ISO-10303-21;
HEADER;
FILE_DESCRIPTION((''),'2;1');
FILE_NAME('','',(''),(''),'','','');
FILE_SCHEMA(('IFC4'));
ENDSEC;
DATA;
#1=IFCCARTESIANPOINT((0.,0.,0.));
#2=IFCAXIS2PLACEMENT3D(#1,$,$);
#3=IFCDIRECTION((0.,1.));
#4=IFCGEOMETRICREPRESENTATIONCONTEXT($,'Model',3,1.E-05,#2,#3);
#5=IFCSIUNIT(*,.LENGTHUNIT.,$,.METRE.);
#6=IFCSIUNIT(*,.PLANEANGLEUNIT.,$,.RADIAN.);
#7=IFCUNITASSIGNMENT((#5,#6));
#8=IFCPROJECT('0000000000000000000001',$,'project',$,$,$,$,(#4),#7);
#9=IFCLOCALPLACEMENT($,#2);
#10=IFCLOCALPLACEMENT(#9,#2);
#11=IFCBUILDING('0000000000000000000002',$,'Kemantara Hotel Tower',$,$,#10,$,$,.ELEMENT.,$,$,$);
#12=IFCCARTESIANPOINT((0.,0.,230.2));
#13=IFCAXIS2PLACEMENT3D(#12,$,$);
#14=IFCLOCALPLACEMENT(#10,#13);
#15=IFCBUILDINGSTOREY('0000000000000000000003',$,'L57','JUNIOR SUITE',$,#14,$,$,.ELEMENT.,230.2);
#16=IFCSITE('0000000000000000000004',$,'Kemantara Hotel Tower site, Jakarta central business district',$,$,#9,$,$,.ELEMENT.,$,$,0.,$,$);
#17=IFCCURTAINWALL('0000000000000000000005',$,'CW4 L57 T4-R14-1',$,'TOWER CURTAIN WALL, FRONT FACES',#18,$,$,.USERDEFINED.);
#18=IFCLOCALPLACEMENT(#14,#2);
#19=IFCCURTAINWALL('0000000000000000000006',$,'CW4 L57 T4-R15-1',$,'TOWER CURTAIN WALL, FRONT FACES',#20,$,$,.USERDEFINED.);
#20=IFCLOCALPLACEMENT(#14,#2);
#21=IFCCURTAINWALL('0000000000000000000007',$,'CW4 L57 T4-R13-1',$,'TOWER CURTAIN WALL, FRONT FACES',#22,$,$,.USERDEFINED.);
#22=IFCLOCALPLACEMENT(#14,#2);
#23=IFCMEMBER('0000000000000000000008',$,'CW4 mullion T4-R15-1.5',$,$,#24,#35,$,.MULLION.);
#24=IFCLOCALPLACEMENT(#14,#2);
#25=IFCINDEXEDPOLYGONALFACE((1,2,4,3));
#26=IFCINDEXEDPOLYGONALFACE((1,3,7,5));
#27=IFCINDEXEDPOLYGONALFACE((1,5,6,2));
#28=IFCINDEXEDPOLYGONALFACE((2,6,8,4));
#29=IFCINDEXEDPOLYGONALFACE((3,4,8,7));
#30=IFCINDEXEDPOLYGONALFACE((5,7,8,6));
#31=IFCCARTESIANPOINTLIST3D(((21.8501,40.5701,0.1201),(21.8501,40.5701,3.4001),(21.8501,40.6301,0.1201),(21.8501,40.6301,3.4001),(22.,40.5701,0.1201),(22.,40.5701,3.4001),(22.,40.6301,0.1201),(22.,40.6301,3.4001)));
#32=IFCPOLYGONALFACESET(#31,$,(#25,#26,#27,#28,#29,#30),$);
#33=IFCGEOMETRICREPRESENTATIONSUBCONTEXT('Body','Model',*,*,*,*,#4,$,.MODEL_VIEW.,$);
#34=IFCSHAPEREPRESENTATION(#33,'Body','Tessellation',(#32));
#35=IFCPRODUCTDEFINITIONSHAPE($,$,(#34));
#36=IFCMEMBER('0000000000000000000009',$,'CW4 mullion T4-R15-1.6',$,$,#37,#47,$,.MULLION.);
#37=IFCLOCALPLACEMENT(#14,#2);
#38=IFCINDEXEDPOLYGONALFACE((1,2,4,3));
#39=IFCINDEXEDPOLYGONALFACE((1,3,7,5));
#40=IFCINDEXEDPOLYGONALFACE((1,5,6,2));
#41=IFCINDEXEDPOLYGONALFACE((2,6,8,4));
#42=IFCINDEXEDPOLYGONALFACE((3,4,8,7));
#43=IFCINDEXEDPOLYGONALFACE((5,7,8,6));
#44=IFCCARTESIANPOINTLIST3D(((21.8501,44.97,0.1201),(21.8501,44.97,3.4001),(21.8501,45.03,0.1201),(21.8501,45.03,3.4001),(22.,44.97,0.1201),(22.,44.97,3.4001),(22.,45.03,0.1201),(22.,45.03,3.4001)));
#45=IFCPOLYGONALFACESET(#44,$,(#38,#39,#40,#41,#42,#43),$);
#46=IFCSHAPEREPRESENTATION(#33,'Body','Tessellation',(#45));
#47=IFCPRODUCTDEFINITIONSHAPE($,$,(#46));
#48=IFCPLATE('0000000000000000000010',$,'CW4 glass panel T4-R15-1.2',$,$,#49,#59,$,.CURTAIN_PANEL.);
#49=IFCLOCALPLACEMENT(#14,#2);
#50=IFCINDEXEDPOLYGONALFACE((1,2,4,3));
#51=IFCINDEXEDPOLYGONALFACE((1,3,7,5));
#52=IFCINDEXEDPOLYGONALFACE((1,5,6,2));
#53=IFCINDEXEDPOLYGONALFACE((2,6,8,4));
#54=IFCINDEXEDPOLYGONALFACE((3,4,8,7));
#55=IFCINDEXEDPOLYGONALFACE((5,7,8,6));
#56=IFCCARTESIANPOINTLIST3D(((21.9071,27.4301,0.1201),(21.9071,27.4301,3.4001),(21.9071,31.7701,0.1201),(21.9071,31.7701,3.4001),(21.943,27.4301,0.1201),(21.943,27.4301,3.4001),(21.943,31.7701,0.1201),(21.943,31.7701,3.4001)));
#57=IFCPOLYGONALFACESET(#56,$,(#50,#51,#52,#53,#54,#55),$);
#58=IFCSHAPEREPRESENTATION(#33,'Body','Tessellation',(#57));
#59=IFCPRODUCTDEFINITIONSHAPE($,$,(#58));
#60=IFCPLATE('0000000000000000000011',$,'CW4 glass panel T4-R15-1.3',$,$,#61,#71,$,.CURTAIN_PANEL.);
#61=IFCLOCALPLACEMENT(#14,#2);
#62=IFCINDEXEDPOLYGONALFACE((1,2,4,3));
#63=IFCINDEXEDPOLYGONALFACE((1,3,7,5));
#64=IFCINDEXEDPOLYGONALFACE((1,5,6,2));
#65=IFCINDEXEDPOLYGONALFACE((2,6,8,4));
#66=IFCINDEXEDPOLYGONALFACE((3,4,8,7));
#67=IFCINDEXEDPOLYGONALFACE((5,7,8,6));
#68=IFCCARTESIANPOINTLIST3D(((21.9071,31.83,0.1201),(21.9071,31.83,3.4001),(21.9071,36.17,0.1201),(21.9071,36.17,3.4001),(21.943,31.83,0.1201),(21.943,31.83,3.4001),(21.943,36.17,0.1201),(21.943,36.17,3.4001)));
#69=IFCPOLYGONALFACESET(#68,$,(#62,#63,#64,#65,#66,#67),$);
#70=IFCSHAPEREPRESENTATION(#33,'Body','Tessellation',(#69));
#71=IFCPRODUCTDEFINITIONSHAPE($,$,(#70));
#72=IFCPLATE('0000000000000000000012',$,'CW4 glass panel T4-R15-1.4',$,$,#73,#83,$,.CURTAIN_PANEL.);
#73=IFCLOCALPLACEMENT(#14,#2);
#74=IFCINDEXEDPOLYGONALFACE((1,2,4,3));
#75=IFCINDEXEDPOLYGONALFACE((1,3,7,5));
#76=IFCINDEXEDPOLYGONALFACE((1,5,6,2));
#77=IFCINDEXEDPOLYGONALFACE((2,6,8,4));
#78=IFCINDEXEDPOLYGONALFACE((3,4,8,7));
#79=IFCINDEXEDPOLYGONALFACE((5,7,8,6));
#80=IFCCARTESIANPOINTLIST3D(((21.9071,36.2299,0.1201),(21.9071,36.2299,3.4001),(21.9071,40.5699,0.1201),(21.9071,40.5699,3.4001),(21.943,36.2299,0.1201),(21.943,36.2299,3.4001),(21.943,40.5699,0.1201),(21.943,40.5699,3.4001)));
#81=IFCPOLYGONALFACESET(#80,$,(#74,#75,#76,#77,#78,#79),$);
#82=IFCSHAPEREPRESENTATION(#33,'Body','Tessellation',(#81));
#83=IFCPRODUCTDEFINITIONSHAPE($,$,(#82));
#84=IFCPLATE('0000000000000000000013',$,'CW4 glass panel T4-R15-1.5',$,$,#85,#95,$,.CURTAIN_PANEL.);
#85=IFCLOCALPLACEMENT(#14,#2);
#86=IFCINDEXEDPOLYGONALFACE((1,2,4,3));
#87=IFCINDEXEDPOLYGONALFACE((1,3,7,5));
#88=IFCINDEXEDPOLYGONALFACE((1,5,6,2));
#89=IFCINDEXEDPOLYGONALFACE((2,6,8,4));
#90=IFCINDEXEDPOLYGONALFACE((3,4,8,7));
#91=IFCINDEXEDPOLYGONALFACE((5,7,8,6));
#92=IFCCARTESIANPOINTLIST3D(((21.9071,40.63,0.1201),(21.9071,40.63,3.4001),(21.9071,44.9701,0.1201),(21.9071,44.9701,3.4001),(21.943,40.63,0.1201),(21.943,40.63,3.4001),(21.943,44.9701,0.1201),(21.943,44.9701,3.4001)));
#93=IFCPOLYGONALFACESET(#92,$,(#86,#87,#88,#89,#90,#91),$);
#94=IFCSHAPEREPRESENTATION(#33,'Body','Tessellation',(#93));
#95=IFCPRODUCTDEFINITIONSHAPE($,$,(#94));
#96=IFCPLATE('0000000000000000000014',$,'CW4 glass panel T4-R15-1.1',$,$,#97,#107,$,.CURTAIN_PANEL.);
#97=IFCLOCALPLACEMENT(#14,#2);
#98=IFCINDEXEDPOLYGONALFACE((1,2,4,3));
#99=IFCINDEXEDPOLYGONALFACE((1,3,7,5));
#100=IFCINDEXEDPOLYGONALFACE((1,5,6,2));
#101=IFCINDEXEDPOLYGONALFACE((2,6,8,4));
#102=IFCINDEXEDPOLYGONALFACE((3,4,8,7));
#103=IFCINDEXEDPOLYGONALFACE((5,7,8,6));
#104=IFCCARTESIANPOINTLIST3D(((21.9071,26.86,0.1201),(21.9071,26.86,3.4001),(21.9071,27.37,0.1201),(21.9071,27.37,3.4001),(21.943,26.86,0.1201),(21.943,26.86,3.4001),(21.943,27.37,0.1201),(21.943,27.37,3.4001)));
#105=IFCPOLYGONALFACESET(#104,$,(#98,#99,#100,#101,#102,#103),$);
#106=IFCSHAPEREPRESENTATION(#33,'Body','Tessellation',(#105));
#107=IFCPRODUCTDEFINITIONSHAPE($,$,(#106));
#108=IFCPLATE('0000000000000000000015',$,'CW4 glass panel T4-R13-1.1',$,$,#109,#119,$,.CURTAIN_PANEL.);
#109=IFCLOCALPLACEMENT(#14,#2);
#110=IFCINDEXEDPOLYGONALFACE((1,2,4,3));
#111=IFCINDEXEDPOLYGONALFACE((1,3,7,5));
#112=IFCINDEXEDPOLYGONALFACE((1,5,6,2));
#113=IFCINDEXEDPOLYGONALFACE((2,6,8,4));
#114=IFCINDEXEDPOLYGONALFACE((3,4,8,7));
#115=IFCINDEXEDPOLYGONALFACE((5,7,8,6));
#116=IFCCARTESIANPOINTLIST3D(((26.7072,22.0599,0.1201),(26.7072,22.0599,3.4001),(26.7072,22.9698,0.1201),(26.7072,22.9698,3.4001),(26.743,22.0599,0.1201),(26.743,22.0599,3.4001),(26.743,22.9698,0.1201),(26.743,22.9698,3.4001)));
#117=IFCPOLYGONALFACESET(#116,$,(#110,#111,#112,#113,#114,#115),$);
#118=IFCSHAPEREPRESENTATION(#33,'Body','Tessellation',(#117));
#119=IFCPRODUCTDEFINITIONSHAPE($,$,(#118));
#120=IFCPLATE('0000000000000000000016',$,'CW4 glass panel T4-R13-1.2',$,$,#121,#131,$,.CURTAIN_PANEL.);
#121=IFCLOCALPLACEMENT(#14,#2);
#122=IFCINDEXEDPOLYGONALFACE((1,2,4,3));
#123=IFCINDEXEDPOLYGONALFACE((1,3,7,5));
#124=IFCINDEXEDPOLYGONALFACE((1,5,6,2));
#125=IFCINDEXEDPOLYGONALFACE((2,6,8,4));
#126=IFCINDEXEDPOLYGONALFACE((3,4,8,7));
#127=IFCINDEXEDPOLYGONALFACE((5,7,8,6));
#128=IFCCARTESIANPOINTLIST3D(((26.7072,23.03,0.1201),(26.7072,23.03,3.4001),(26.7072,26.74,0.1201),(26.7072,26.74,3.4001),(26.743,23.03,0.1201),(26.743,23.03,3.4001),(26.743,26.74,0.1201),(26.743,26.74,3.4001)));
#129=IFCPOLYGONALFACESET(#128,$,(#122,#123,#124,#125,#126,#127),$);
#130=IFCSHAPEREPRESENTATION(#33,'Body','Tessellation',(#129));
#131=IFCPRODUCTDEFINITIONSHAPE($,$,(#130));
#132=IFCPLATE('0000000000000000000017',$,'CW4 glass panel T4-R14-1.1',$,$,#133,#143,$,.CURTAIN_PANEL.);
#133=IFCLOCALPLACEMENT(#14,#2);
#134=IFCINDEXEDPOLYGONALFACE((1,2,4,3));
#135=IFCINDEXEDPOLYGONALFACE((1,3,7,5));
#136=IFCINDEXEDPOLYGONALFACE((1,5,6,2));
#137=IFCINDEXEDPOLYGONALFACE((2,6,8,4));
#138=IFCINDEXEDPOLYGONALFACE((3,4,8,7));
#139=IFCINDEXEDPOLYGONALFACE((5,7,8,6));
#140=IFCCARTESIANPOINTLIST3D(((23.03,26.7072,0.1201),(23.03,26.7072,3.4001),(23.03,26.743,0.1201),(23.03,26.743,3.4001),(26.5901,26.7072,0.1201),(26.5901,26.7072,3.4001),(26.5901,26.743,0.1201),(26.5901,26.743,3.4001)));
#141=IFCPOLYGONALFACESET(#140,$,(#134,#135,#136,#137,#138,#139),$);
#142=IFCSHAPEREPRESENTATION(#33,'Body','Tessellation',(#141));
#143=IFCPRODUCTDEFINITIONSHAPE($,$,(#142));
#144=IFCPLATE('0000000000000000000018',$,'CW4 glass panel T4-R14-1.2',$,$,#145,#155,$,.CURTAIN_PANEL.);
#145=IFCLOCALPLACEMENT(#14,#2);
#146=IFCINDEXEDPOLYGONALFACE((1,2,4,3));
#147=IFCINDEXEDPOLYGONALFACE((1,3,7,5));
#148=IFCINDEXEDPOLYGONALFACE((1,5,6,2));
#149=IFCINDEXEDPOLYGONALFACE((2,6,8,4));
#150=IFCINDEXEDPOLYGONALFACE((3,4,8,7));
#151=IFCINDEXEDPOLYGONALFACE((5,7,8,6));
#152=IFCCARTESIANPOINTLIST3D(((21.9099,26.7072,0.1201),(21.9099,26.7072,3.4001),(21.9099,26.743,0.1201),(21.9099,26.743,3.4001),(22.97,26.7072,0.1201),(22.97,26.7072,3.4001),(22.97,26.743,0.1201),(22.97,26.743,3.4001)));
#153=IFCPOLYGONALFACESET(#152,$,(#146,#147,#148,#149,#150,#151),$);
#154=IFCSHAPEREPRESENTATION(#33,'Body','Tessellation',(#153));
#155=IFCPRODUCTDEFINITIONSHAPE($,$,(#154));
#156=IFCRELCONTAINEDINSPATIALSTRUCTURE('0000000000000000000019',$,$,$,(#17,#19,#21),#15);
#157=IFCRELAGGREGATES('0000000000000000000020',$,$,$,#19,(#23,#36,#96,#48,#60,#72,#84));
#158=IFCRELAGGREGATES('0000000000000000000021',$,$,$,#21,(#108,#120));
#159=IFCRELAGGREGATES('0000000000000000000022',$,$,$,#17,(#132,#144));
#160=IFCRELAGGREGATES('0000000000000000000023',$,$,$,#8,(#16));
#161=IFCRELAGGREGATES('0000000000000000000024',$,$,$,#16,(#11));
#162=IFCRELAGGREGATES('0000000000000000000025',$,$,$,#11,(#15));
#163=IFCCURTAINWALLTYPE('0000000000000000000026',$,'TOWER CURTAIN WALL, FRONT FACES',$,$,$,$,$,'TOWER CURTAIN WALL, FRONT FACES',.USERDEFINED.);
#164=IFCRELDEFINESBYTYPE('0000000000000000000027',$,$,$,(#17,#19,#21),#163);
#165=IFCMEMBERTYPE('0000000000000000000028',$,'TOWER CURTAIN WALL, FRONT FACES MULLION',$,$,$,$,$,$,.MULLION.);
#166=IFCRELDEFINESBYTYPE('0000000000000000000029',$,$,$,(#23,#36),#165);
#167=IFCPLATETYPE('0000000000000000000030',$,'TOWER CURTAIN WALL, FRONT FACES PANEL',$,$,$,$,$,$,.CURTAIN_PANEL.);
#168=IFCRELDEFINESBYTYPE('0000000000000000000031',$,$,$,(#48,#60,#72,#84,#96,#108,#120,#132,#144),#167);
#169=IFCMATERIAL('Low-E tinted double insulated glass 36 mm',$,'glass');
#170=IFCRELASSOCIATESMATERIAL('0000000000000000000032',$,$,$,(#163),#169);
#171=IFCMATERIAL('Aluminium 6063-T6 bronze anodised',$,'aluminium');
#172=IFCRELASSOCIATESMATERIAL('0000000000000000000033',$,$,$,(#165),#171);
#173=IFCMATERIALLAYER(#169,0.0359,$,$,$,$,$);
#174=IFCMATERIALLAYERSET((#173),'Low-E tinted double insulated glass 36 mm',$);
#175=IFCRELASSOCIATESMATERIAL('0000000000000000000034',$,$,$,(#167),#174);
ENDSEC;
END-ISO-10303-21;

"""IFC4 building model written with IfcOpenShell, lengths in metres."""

from ifc_helpers import new_model, si_unit, direction, frame, origin, origin_2d, place, context, subcontext, project, spatial, rectangle, extrude, source, transform, mapped, material, layer, layer_set, material_profile, profile_set, type_object, element, aggregate, save


model = new_model("IFC4")

# Units and contexts
model_context = context("Model", 3, precision=1e-05, world=origin(), true_north=direction((0.0, 1.0)))
body_context = subcontext(model_context, "Body", "Model", "MODEL_VIEW")
ifc_project = project(units=[si_unit("LENGTHUNIT", "METRE"), si_unit("PLANEANGLEUNIT", "RADIAN")], contexts=[model_context])

# Site, building, storey
site_placement = place(None, origin())
site = spatial("IfcSite", under=ifc_project, at=site_placement, Name="Kemantara Hotel Tower site, Jakarta central business district", CompositionType="ELEMENT", RefElevation=0.0)
building_placement = place(site_placement, origin())
building = spatial("IfcBuilding", under=site, at=building_placement, Name="Kemantara Hotel Tower", CompositionType="ELEMENT")
storey_placement = place(building_placement, frame((0.0, 0.0, 230.2)))
storey = spatial("IfcBuildingStorey", under=building, at=storey_placement, Name="L57", Description="JUNIOR SUITE", CompositionType="ELEMENT", Elevation=230.2)

# Curtain walls
ifc_material_1 = material(Name="Low-E tinted double insulated glass 36 mm", Category="glass")
curtain_wall_type = type_object("IfcCurtainWallType", Name="TOWER CURTAIN WALL, FRONT FACES", ElementType="TOWER CURTAIN WALL, FRONT FACES", PredefinedType="USERDEFINED", material=ifc_material_1)
curtain_wall_1_placement = place(storey_placement, origin())
curtain_wall_1 = element("IfcCurtainWall", 1, at=curtain_wall_1_placement, inside=storey, type_object=curtain_wall_type, Name="CW4 L57 T4-R14-1", ObjectType="TOWER CURTAIN WALL, FRONT FACES", PredefinedType="USERDEFINED")
ifc_material_2 = material(Name="Aluminium 6063-T6 bronze anodised", Category="aluminium")
curtain_wall_2_placement = place(storey_placement, origin())
curtain_wall_2 = element("IfcCurtainWall", 2, at=curtain_wall_2_placement, inside=storey, type_object=curtain_wall_type, Name="CW4 L57 T4-R15-1", ObjectType="TOWER CURTAIN WALL, FRONT FACES", PredefinedType="USERDEFINED")

# Curtain wall
curtain_wall_3_placement = place(storey_placement, origin())
curtain_wall_3 = element("IfcCurtainWall", 3, at=curtain_wall_3_placement, inside=storey, type_object=curtain_wall_type, Name="CW4 L57 T4-R13-1", ObjectType="TOWER CURTAIN WALL, FRONT FACES", PredefinedType="USERDEFINED")
ifc_material_profile_1 = material_profile(ifc_material_2, rectangle(XDim=0.1499, YDim=0.0601, at=origin_2d()), Name="TOWER CURTAIN WALL, FRONT FACES MULLION")
ifc_profile_set_1 = profile_set([ifc_material_profile_1], Name="Aluminium 6063-T6 bronze anodised")
member_type_1 = type_object("IfcMemberType", Name="TOWER CURTAIN WALL, FRONT FACES MULLION", PredefinedType="MULLION", material=ifc_profile_set_1)
shared_shape_1 = source(origin(), body_context, "Body", "SweptSolid", [
    extrude(rectangle(XDim=0.1499, YDim=0.0601, at=origin_2d()), origin(), (0.0, 0.0, 1.0), 3.28),
])

# Members
member_1_placement = place(storey_placement, frame((21.925, 40.6001, 0.1201), z_axis=(0.0, 0.0, 1.0), x_axis=(-1.0, 0.0, 0.0)))
member_1 = element("IfcMember", 4, at=member_1_placement, type_object=member_type_1, Name="CW4 mullion T4-R15-1.5", PredefinedType="MULLION", context=body_context, shape_type="MappedRepresentation", body=[
    mapped(shared_shape_1, transform((0.0, 0.0, 0.0))),
])
member_2_placement = place(storey_placement, frame((21.925, 45.0, 0.1201), z_axis=(0.0, 0.0, 1.0), x_axis=(-1.0, 0.0, 0.0)))
member_2 = element("IfcMember", 5, at=member_2_placement, type_object=member_type_1, Name="CW4 mullion T4-R15-1.6", PredefinedType="MULLION", context=body_context, shape_type="MappedRepresentation", body=[
    mapped(shared_shape_1, transform((0.0, 0.0, 0.0))),
])

# Plates
ifc_layer_1 = layer(ifc_material_1, 0.0359)
ifc_layer_set_1 = layer_set([ifc_layer_1], Name="Low-E tinted double insulated glass 36 mm")
plate_type = type_object("IfcPlateType", Name="TOWER CURTAIN WALL, FRONT FACES PANEL", PredefinedType="CURTAIN_PANEL", material=ifc_layer_set_1)
shared_shape_2 = source(origin(), body_context, "Body", "SweptSolid", [
    extrude(rectangle(XDim=4.3401, YDim=0.0359, at=origin_2d()), origin(), (0.0, 0.0, 1.0), 3.28),
])
plate_1_placement = place(storey_placement, frame((21.925, 29.6001, 0.1201), z_axis=(0.0, 0.0, 1.0), x_axis=(0.0, 1.0, 0.0)))
plate_1 = element("IfcPlate", 6, at=plate_1_placement, type_object=plate_type, Name="CW4 glass panel T4-R15-1.2", PredefinedType="CURTAIN_PANEL", context=body_context, shape_type="MappedRepresentation", body=[
    mapped(shared_shape_2, transform((0.0, 0.0, 0.0))),
])
plate_2_placement = place(storey_placement, frame((21.925, 34.0, 0.1201), z_axis=(0.0, 0.0, 1.0), x_axis=(0.0, 1.0, 0.0)))
plate_2 = element("IfcPlate", 7, at=plate_2_placement, type_object=plate_type, Name="CW4 glass panel T4-R15-1.3", PredefinedType="CURTAIN_PANEL", context=body_context, shape_type="MappedRepresentation", body=[
    mapped(shared_shape_2, transform((0.0, 0.0, 0.0))),
])
plate_3_placement = place(storey_placement, frame((21.925, 38.3999, 0.1201), z_axis=(0.0, 0.0, 1.0), x_axis=(0.0, 1.0, 0.0)))
plate_3 = element("IfcPlate", 8, at=plate_3_placement, type_object=plate_type, Name="CW4 glass panel T4-R15-1.4", PredefinedType="CURTAIN_PANEL", context=body_context, shape_type="MappedRepresentation", body=[
    mapped(shared_shape_2, transform((0.0, 0.0, 0.0))),
])
plate_4_placement = place(storey_placement, frame((21.925, 42.8, 0.1201), z_axis=(0.0, 0.0, 1.0), x_axis=(0.0, 1.0, 0.0)))
plate_4 = element("IfcPlate", 9, at=plate_4_placement, type_object=plate_type, Name="CW4 glass panel T4-R15-1.5", PredefinedType="CURTAIN_PANEL", context=body_context, shape_type="MappedRepresentation", body=[
    mapped(shared_shape_2, transform((0.0, 0.0, 0.0))),
])
shared_shape_3 = source(origin(), body_context, "Body", "SweptSolid", [
    extrude(rectangle(XDim=0.51, YDim=0.0359, at=origin_2d()), origin(), (0.0, 0.0, 1.0), 3.28),
])
plate_5_placement = place(storey_placement, frame((21.925, 27.115, 0.1201), z_axis=(0.0, 0.0, 1.0), x_axis=(0.0, 1.0, 0.0)))
plate_5 = element("IfcPlate", 10, at=plate_5_placement, type_object=plate_type, Name="CW4 glass panel T4-R15-1.1", PredefinedType="CURTAIN_PANEL", context=body_context, shape_type="MappedRepresentation", body=[
    mapped(shared_shape_3, transform((0.0, 0.0, 0.0))),
])
aggregate(curtain_wall_2, [member_1, member_2, plate_5, plate_1, plate_2, plate_3, plate_4])
shared_shape_4 = source(origin(), body_context, "Body", "SweptSolid", [
    extrude(rectangle(XDim=0.9099, YDim=0.0359, at=origin_2d()), origin(), (0.0, 0.0, 1.0), 3.28),
])
plate_6_placement = place(storey_placement, frame((26.7251, 22.5149, 0.1201), z_axis=(0.0, 0.0, 1.0), x_axis=(0.0, 1.0, 0.0)))
plate_6 = element("IfcPlate", 11, at=plate_6_placement, type_object=plate_type, Name="CW4 glass panel T4-R13-1.1", PredefinedType="CURTAIN_PANEL", context=body_context, shape_type="MappedRepresentation", body=[
    mapped(shared_shape_4, transform((0.0, 0.0, 0.0))),
])
shared_shape_5 = source(origin(), body_context, "Body", "SweptSolid", [
    extrude(rectangle(XDim=3.71, YDim=0.0359, at=origin_2d()), origin(), (0.0, 0.0, 1.0), 3.28),
])
plate_7_placement = place(storey_placement, frame((26.7251, 24.885, 0.1201), z_axis=(0.0, 0.0, 1.0), x_axis=(0.0, 1.0, 0.0)))
plate_7 = element("IfcPlate", 12, at=plate_7_placement, type_object=plate_type, Name="CW4 glass panel T4-R13-1.2", PredefinedType="CURTAIN_PANEL", context=body_context, shape_type="MappedRepresentation", body=[
    mapped(shared_shape_5, transform((0.0, 0.0, 0.0))),
])
aggregate(curtain_wall_3, [plate_6, plate_7])
shared_shape_6 = source(origin(), body_context, "Body", "SweptSolid", [
    extrude(rectangle(XDim=3.5601, YDim=0.0359, at=origin_2d()), origin(), (0.0, 0.0, 1.0), 3.28),
])
plate_8_placement = place(storey_placement, frame((24.8101, 26.7251, 0.1201), z_axis=(0.0, 0.0, 1.0), x_axis=(-1.0, 0.0, 0.0)))
plate_8 = element("IfcPlate", 13, at=plate_8_placement, type_object=plate_type, Name="CW4 glass panel T4-R14-1.1", PredefinedType="CURTAIN_PANEL", context=body_context, shape_type="MappedRepresentation", body=[
    mapped(shared_shape_6, transform((0.0, 0.0, 0.0))),
])
shared_shape_7 = source(origin(), body_context, "Body", "SweptSolid", [
    extrude(rectangle(XDim=1.0601, YDim=0.0359, at=origin_2d()), origin(), (0.0, 0.0, 1.0), 3.28),
])
plate_9_placement = place(storey_placement, frame((22.4399, 26.7251, 0.1201), z_axis=(0.0, 0.0, 1.0), x_axis=(-1.0, 0.0, 0.0)))
plate_9 = element("IfcPlate", 14, at=plate_9_placement, type_object=plate_type, Name="CW4 glass panel T4-R14-1.2", PredefinedType="CURTAIN_PANEL", context=body_context, shape_type="MappedRepresentation", body=[
    mapped(shared_shape_7, transform((0.0, 0.0, 0.0))),
])
aggregate(curtain_wall_1, [plate_8, plate_9])

save(model, "model.ifc")
